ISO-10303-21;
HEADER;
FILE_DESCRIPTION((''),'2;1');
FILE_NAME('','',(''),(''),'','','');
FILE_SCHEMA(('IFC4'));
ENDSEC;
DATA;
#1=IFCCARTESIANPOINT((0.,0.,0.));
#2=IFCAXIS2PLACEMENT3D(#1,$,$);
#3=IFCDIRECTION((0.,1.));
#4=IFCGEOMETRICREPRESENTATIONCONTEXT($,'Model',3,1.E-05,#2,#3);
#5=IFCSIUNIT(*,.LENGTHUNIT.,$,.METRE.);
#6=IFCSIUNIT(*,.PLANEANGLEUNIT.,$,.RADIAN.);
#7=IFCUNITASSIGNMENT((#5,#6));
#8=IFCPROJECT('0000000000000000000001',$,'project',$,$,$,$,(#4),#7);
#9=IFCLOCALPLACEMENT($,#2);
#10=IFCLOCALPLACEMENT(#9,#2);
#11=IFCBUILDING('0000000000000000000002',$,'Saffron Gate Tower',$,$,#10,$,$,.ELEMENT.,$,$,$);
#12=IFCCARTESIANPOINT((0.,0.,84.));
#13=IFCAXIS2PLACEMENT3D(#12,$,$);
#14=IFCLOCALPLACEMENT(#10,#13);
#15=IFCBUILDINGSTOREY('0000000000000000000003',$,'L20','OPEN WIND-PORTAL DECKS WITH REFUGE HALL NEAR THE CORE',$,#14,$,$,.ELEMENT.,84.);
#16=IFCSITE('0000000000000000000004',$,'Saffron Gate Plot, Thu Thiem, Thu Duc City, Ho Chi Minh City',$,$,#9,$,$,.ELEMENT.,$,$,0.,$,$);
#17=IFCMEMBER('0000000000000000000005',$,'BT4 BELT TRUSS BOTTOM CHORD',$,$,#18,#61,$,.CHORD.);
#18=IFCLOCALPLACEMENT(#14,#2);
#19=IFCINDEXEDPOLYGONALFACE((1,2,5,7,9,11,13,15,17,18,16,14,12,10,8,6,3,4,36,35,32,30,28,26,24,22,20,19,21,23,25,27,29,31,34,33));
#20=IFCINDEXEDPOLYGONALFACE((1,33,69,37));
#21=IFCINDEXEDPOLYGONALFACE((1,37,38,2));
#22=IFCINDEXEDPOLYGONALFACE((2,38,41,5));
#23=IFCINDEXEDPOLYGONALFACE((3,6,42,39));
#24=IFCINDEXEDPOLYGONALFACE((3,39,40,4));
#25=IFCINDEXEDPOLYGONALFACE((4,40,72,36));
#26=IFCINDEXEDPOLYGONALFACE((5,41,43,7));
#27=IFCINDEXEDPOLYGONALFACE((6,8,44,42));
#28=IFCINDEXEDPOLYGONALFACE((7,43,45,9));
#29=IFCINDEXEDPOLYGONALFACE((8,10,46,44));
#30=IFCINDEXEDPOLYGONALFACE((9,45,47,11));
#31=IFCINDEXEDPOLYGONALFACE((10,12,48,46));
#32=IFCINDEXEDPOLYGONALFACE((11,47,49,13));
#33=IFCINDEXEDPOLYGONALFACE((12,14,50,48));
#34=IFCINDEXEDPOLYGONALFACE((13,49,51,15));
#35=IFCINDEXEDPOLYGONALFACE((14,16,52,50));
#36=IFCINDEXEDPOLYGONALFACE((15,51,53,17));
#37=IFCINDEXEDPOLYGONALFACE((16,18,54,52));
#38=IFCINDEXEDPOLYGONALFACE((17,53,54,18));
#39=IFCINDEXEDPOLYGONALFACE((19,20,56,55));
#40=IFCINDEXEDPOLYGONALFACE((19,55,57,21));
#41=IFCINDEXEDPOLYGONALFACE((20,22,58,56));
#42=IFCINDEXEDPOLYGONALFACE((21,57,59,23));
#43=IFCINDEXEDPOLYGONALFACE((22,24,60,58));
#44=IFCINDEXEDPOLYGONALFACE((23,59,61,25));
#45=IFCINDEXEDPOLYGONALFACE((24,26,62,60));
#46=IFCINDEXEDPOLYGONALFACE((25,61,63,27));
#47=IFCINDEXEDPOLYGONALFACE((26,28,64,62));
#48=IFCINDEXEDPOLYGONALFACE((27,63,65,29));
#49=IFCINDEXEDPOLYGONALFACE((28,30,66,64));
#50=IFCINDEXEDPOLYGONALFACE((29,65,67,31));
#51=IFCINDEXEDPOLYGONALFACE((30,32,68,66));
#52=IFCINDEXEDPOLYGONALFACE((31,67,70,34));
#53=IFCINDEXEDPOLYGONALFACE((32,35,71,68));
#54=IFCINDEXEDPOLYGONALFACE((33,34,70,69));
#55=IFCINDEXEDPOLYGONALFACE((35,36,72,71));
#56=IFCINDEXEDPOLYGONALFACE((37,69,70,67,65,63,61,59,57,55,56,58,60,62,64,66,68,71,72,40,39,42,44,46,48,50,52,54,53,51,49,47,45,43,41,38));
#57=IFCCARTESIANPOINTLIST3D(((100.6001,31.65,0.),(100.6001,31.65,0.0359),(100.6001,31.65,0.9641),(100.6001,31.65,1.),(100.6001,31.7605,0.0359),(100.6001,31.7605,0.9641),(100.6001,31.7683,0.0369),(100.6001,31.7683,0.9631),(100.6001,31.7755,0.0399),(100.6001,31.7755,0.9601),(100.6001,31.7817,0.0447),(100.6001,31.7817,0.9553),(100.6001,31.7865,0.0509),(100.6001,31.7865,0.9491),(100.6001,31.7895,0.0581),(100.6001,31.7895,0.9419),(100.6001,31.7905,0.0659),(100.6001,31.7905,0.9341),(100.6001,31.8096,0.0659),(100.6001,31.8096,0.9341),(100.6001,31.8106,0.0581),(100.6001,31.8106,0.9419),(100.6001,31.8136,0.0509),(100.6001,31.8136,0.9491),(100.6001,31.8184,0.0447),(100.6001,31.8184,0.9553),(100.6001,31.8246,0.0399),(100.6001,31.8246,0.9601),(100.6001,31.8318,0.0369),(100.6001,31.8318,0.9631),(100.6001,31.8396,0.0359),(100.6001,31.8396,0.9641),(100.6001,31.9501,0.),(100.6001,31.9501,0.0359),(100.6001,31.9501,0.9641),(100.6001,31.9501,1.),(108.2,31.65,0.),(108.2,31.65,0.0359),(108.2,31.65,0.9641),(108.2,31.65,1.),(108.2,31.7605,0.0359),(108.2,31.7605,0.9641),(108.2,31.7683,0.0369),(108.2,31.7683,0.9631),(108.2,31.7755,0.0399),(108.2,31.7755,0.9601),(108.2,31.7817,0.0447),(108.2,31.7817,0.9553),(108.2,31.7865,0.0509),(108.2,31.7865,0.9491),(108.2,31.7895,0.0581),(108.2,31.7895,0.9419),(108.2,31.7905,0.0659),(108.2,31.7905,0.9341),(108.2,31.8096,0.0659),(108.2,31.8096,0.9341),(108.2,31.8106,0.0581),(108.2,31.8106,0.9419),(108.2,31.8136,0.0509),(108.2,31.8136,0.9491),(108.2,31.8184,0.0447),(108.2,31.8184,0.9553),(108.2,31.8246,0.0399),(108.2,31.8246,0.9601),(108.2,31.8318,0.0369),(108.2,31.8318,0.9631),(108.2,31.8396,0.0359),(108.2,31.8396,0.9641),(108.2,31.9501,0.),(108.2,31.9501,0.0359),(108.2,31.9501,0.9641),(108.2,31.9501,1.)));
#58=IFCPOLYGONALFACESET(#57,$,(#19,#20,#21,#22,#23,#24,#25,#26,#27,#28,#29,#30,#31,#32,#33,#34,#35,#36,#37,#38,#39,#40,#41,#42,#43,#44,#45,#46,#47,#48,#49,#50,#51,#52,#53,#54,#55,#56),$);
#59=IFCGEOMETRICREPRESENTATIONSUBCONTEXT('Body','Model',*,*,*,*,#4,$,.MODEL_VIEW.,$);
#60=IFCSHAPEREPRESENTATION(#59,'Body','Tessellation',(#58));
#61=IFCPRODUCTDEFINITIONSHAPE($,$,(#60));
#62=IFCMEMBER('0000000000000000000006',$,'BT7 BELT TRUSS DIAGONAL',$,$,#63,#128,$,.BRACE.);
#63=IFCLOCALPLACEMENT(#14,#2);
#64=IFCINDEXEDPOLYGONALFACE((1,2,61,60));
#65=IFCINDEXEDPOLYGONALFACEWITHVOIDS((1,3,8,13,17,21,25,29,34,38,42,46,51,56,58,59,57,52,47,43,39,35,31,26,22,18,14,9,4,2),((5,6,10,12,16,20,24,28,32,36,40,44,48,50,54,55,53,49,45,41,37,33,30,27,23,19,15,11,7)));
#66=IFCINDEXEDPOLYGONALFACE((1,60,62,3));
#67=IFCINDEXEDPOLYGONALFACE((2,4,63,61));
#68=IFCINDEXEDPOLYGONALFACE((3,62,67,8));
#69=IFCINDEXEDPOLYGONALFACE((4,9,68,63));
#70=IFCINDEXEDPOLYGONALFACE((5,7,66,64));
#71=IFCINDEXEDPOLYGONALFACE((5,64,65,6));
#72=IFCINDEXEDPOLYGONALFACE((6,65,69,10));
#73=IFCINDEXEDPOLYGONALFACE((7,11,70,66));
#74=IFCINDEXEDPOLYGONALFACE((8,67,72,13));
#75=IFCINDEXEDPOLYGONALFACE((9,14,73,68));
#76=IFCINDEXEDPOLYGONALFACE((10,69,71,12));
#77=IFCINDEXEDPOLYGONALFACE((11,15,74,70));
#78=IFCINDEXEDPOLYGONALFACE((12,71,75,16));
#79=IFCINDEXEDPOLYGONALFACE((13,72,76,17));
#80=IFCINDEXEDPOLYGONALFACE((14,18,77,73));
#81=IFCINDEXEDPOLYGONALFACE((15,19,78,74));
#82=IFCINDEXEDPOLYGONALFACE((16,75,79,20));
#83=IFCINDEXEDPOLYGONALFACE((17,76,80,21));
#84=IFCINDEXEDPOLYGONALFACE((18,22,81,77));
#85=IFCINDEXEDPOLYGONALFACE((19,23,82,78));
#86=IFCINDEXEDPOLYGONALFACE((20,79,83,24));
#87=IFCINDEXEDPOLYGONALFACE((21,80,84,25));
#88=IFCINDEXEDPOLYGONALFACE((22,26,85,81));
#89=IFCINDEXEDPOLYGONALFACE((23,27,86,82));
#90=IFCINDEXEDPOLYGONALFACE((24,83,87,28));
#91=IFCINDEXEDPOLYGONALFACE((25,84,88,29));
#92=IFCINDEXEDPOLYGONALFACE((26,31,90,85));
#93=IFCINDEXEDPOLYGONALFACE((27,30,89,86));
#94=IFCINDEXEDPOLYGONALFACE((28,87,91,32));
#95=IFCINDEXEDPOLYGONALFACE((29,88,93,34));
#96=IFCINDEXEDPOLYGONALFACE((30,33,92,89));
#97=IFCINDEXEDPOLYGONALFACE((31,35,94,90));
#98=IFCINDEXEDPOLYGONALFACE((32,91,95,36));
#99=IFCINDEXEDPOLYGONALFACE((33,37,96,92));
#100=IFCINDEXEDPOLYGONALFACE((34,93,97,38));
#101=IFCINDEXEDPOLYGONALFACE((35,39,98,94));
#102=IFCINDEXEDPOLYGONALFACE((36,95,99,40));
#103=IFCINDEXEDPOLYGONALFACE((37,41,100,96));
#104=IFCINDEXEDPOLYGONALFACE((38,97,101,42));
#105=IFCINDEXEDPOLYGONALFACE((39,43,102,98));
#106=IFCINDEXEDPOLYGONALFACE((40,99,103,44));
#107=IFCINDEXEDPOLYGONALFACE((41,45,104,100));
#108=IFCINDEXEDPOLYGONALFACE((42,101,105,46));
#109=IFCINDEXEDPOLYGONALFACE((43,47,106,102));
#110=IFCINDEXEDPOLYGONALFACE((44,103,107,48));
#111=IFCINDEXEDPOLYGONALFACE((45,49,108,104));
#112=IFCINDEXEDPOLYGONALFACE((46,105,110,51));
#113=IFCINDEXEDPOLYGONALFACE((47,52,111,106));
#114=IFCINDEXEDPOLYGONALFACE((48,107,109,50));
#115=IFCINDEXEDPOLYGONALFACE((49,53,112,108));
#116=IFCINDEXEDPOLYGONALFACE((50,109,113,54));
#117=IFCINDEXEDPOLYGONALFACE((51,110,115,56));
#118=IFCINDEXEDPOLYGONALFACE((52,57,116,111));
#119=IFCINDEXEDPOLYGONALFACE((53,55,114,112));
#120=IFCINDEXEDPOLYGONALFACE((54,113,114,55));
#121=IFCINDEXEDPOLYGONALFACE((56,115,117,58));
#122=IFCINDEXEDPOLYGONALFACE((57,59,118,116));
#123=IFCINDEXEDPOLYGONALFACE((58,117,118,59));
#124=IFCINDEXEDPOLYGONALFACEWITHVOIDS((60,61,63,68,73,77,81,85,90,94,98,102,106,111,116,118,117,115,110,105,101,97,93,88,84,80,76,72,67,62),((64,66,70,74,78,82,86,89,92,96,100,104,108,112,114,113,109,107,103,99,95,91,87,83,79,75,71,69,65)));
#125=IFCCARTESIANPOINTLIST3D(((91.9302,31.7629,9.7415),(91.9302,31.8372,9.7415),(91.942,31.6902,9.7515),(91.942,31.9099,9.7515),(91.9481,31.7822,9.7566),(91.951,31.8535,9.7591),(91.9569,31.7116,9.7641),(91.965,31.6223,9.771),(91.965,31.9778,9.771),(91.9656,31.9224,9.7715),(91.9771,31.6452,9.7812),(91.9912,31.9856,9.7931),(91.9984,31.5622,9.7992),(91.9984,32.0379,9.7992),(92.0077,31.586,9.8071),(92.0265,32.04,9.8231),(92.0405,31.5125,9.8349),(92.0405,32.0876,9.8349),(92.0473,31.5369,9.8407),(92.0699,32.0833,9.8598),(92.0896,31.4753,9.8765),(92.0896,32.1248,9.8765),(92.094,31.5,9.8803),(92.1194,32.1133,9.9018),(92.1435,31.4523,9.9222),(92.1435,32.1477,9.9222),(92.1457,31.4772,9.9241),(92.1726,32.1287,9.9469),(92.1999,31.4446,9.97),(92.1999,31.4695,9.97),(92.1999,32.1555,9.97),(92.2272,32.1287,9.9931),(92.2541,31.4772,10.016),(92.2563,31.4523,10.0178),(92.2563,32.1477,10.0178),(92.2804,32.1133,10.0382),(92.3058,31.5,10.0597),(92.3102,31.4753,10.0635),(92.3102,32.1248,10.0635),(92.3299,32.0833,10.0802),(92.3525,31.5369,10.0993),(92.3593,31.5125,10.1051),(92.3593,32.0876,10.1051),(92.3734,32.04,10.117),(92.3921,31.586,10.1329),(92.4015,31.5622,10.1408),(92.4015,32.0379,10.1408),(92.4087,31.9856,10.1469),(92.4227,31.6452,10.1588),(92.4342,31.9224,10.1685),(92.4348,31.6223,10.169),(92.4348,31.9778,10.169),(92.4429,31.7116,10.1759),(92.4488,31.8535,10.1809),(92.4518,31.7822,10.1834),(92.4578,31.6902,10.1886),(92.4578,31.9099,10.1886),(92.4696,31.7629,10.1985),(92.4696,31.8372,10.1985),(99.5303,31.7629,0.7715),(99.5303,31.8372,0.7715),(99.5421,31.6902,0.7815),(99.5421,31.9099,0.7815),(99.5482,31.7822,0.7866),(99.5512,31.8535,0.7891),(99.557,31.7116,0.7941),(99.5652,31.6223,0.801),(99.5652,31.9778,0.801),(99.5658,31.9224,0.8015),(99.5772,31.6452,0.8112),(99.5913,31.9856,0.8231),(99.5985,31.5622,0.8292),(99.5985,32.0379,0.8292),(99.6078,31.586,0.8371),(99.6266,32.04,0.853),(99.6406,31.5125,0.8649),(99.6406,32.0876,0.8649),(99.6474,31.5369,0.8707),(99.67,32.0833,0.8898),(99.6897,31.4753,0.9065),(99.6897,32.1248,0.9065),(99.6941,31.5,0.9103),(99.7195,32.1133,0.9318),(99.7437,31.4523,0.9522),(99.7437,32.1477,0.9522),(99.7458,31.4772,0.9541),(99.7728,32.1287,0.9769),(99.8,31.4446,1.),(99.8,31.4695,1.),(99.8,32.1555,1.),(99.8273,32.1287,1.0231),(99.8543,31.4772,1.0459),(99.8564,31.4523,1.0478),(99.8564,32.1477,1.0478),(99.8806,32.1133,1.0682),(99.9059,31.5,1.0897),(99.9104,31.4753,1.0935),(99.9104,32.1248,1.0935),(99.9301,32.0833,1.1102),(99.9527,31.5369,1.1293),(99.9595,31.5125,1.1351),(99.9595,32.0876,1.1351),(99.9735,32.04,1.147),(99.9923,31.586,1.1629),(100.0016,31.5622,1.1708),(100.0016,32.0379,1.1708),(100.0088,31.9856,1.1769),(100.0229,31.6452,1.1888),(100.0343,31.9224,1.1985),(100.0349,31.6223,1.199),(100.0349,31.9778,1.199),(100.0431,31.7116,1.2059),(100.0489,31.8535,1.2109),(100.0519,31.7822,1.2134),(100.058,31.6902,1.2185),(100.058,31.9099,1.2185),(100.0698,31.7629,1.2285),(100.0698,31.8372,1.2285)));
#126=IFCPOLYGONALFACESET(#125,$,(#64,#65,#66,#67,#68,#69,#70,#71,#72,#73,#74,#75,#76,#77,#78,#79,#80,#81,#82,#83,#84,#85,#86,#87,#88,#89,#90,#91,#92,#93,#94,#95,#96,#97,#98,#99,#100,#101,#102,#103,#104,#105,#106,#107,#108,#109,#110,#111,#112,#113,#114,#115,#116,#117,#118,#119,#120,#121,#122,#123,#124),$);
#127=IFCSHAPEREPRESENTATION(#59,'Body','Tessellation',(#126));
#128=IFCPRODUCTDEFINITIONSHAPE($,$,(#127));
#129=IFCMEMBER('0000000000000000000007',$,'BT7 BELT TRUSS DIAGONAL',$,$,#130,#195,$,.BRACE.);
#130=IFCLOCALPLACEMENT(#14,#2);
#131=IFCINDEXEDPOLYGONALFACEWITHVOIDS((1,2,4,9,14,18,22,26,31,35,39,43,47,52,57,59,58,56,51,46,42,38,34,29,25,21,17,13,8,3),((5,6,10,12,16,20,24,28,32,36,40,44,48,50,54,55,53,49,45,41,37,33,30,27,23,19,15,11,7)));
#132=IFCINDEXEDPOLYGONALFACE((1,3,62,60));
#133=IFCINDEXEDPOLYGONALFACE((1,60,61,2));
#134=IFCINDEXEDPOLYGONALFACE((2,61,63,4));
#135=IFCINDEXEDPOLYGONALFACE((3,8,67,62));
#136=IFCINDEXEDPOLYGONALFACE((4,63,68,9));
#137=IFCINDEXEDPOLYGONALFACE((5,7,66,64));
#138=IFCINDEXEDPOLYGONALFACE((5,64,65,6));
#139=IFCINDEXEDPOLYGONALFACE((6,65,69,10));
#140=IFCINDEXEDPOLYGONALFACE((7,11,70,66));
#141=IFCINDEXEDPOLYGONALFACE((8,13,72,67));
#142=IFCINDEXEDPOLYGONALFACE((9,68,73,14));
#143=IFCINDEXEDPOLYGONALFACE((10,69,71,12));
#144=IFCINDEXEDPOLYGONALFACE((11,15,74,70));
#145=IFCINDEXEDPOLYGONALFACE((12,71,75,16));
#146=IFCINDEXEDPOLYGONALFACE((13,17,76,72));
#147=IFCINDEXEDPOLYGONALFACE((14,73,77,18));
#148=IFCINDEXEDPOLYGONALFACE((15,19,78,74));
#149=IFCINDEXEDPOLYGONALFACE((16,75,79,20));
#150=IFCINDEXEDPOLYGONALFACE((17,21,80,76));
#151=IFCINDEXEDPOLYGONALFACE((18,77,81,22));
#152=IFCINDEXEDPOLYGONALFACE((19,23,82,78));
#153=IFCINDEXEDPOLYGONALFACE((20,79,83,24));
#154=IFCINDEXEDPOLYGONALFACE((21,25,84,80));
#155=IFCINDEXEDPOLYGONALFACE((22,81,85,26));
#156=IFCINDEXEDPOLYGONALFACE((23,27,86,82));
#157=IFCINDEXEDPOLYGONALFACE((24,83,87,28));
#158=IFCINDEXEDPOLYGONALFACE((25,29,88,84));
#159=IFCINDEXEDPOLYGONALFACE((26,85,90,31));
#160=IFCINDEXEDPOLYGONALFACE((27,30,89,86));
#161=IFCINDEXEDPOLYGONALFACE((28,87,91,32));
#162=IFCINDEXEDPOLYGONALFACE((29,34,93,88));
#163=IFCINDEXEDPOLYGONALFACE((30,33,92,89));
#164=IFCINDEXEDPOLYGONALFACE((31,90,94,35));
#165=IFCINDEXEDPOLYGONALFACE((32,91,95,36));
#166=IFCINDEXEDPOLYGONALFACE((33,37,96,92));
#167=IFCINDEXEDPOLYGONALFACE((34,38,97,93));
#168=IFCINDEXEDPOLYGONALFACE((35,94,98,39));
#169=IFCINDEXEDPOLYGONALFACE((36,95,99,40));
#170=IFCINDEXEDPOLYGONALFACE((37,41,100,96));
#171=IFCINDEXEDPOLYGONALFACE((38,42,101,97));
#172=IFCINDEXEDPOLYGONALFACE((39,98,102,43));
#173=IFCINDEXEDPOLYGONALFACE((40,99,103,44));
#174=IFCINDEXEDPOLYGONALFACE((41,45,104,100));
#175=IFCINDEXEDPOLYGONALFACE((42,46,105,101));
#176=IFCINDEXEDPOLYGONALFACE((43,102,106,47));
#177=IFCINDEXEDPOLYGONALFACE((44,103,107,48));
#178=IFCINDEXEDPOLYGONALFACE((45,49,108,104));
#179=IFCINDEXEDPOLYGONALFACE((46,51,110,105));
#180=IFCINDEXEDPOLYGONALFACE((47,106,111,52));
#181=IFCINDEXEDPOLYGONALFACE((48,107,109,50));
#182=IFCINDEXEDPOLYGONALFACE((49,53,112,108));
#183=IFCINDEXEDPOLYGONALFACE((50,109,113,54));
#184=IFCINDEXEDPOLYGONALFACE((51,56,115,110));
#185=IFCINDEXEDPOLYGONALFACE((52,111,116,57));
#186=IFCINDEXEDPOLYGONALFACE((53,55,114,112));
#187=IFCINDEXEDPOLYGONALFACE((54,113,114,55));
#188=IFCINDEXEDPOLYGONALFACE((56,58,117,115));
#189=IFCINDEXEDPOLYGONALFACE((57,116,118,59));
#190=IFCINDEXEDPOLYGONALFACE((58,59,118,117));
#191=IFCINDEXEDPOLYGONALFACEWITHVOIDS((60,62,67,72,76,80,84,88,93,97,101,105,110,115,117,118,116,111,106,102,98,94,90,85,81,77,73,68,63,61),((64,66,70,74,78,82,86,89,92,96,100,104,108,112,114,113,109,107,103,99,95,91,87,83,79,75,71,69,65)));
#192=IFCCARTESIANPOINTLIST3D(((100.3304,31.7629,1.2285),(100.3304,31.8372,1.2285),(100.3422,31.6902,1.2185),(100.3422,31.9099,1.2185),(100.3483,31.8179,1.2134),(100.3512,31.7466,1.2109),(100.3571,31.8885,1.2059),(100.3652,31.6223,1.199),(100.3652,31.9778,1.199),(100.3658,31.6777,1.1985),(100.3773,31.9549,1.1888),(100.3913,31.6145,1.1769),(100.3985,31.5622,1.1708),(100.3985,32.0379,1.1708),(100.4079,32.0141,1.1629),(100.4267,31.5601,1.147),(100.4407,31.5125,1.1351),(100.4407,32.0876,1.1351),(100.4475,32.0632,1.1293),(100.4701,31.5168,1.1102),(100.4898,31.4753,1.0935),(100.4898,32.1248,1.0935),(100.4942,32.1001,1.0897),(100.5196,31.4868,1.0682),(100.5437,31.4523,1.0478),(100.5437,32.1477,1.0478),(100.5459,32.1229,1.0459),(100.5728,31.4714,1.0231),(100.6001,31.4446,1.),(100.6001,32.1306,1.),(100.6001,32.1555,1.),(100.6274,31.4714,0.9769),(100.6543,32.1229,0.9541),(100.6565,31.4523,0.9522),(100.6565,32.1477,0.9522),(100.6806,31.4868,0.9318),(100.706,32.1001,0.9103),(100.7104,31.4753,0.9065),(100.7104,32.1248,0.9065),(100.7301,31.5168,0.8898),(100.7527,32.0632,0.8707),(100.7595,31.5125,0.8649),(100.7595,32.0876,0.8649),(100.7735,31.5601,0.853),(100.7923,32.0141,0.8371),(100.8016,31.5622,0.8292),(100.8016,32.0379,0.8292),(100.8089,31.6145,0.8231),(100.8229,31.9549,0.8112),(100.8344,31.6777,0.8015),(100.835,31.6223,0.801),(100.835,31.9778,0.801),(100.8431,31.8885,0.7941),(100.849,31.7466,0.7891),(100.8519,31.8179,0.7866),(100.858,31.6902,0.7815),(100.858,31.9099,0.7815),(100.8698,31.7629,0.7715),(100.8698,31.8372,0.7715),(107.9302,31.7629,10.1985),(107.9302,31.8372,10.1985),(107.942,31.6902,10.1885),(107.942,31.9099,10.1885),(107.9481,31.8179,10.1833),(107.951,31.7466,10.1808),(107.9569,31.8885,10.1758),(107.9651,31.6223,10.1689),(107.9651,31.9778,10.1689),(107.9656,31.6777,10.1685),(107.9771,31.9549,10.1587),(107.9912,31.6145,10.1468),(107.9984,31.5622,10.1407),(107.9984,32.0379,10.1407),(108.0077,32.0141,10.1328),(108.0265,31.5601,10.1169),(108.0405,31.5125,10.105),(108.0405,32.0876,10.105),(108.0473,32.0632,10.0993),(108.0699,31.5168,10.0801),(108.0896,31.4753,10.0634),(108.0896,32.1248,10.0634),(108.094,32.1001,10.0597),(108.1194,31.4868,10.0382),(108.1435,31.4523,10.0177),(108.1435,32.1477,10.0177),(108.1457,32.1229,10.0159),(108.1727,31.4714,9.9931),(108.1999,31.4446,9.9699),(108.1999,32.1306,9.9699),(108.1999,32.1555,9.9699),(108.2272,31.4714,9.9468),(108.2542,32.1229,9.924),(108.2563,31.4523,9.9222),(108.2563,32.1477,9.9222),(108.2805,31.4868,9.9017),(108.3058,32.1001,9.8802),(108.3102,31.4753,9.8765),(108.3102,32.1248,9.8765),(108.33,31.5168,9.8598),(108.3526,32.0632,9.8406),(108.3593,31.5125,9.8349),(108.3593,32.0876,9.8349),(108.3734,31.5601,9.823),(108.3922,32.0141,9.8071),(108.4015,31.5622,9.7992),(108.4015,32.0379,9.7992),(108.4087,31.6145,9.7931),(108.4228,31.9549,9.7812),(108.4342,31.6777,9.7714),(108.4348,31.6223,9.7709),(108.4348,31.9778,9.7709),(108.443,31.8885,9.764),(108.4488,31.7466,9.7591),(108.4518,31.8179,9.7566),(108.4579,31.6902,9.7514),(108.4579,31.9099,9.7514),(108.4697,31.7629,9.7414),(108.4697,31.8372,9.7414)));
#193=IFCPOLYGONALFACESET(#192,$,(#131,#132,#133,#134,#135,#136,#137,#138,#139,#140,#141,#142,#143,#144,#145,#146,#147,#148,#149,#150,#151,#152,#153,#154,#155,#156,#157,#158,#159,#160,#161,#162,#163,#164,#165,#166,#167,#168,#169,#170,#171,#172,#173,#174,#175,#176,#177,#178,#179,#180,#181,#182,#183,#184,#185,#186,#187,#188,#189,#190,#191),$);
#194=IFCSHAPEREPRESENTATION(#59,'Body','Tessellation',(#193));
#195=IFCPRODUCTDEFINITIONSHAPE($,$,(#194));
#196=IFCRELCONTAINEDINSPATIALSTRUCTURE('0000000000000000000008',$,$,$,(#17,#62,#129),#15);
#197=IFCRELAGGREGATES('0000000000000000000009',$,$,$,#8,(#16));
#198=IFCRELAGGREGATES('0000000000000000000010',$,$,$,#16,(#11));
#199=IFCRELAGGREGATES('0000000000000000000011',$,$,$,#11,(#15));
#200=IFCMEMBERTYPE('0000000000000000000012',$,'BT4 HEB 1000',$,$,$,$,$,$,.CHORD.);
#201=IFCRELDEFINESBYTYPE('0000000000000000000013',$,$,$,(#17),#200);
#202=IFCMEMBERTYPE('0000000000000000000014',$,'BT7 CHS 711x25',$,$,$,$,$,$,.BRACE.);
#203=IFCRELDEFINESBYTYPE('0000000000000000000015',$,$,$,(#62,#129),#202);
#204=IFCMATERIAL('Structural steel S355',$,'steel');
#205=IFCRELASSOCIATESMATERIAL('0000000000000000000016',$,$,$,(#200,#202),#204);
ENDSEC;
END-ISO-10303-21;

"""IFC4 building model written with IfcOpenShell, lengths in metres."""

from ifc_helpers import new_model, si_unit, direction, frame, origin, origin_2d, place, context, subcontext, project, spatial, hollow_circle, i_section, extrude, material, material_profile, profile_set, type_object, element, save


model = new_model("IFC4")

# Units and contexts
model_context = context("Model", 3, precision=1e-05, world=origin(), true_north=direction((0.0, 1.0)))
body_context = subcontext(model_context, "Body", "Model", "MODEL_VIEW")
ifc_project = project(units=[si_unit("LENGTHUNIT", "METRE"), si_unit("PLANEANGLEUNIT", "RADIAN")], contexts=[model_context])

# Site, building, storey
site_placement = place(None, origin())
site = spatial("IfcSite", under=ifc_project, at=site_placement, Name="Saffron Gate Plot, Thu Thiem, Thu Duc City, Ho Chi Minh City", CompositionType="ELEMENT", RefElevation=0.0)
building_placement = place(site_placement, origin())
building = spatial("IfcBuilding", under=site, at=building_placement, Name="Saffron Gate Tower", CompositionType="ELEMENT")
storey_placement = place(building_placement, frame((0.0, 0.0, 84.0)))
storey = spatial("IfcBuildingStorey", under=building, at=storey_placement, Name="L20", Description="OPEN WIND-PORTAL DECKS WITH REFUGE HALL NEAR THE CORE", CompositionType="ELEMENT", Elevation=84.0)

# Shared definitions
ifc_material_1 = material(Name="Structural steel S355", Category="steel")

# Members
ifc_material_profile_1 = material_profile(ifc_material_1, i_section(OverallWidth=0.3, OverallDepth=1.0, WebThickness=0.019, FlangeThickness=0.0359, FilletRadius=0.03, at=origin_2d()))
ifc_profile_set_1 = profile_set([ifc_material_profile_1], Name="Structural steel S355")
member_type_1 = type_object("IfcMemberType", Name="BT4 HEB 1000", PredefinedType="CHORD", material=ifc_profile_set_1)
for number, where, z_axis, x_axis, name in (
    (1, (100.6001, 31.8, 0.5), (1.0, 0.0, 0.0), (0.0, 1.0, 0.0), "BT4 BELT TRUSS BOTTOM CHORD"),
):
    element("IfcMember", number, at=place(storey_placement, frame(where, z_axis=z_axis, x_axis=x_axis)), inside=storey, type_object=member_type_1, Name=name, PredefinedType="CHORD", context=body_context, shape_type="SweptSolid", body=[
        extrude(i_section(OverallWidth=0.3, OverallDepth=1.0, WebThickness=0.019, FlangeThickness=0.0359, FilletRadius=0.03, at=origin_2d()), origin(), (0.0, 0.0, 1.0), 7.5999),
    ])
ifc_material_profile_2 = material_profile(ifc_material_1, hollow_circle(Radius=0.3555, WallThickness=0.0249, at=origin_2d()))
ifc_profile_set_2 = profile_set([ifc_material_profile_2], Name="Structural steel S355")
member_type_2 = type_object("IfcMemberType", Name="BT7 CHS 711x25", PredefinedType="BRACE", material=ifc_profile_set_2)
member_1_placement = place(storey_placement, frame((99.8, 31.8, 1.0), z_axis=(-0.646444, 0.0, 0.762962), x_axis=(0.0, -1.0, 0.0)))
element("IfcMember", 2, at=member_1_placement, inside=storey, type_object=member_type_2, Name="BT7 BELT TRUSS DIAGONAL", PredefinedType="BRACE", context=body_context, shape_type="SweptSolid", body=[
    extrude(hollow_circle(Radius=0.3555, WallThickness=0.0249, at=origin_2d()), origin(), (0.0, 0.0, 1.0), 11.7568),
])
member_2_placement = place(storey_placement, frame((100.6001, 31.8, 1.0), z_axis=(0.646432, 0.0, 0.762972), x_axis=(0.0, 1.0, 0.0)))
element("IfcMember", 3, at=member_2_placement, inside=storey, type_object=member_type_2, Name="BT7 BELT TRUSS DIAGONAL", PredefinedType="BRACE", context=body_context, shape_type="SweptSolid", body=[
    extrude(hollow_circle(Radius=0.3555, WallThickness=0.0249, at=origin_2d()), origin(), (0.0, 0.0, 1.0), 11.7566),
])

save(model, "model.ifc")
